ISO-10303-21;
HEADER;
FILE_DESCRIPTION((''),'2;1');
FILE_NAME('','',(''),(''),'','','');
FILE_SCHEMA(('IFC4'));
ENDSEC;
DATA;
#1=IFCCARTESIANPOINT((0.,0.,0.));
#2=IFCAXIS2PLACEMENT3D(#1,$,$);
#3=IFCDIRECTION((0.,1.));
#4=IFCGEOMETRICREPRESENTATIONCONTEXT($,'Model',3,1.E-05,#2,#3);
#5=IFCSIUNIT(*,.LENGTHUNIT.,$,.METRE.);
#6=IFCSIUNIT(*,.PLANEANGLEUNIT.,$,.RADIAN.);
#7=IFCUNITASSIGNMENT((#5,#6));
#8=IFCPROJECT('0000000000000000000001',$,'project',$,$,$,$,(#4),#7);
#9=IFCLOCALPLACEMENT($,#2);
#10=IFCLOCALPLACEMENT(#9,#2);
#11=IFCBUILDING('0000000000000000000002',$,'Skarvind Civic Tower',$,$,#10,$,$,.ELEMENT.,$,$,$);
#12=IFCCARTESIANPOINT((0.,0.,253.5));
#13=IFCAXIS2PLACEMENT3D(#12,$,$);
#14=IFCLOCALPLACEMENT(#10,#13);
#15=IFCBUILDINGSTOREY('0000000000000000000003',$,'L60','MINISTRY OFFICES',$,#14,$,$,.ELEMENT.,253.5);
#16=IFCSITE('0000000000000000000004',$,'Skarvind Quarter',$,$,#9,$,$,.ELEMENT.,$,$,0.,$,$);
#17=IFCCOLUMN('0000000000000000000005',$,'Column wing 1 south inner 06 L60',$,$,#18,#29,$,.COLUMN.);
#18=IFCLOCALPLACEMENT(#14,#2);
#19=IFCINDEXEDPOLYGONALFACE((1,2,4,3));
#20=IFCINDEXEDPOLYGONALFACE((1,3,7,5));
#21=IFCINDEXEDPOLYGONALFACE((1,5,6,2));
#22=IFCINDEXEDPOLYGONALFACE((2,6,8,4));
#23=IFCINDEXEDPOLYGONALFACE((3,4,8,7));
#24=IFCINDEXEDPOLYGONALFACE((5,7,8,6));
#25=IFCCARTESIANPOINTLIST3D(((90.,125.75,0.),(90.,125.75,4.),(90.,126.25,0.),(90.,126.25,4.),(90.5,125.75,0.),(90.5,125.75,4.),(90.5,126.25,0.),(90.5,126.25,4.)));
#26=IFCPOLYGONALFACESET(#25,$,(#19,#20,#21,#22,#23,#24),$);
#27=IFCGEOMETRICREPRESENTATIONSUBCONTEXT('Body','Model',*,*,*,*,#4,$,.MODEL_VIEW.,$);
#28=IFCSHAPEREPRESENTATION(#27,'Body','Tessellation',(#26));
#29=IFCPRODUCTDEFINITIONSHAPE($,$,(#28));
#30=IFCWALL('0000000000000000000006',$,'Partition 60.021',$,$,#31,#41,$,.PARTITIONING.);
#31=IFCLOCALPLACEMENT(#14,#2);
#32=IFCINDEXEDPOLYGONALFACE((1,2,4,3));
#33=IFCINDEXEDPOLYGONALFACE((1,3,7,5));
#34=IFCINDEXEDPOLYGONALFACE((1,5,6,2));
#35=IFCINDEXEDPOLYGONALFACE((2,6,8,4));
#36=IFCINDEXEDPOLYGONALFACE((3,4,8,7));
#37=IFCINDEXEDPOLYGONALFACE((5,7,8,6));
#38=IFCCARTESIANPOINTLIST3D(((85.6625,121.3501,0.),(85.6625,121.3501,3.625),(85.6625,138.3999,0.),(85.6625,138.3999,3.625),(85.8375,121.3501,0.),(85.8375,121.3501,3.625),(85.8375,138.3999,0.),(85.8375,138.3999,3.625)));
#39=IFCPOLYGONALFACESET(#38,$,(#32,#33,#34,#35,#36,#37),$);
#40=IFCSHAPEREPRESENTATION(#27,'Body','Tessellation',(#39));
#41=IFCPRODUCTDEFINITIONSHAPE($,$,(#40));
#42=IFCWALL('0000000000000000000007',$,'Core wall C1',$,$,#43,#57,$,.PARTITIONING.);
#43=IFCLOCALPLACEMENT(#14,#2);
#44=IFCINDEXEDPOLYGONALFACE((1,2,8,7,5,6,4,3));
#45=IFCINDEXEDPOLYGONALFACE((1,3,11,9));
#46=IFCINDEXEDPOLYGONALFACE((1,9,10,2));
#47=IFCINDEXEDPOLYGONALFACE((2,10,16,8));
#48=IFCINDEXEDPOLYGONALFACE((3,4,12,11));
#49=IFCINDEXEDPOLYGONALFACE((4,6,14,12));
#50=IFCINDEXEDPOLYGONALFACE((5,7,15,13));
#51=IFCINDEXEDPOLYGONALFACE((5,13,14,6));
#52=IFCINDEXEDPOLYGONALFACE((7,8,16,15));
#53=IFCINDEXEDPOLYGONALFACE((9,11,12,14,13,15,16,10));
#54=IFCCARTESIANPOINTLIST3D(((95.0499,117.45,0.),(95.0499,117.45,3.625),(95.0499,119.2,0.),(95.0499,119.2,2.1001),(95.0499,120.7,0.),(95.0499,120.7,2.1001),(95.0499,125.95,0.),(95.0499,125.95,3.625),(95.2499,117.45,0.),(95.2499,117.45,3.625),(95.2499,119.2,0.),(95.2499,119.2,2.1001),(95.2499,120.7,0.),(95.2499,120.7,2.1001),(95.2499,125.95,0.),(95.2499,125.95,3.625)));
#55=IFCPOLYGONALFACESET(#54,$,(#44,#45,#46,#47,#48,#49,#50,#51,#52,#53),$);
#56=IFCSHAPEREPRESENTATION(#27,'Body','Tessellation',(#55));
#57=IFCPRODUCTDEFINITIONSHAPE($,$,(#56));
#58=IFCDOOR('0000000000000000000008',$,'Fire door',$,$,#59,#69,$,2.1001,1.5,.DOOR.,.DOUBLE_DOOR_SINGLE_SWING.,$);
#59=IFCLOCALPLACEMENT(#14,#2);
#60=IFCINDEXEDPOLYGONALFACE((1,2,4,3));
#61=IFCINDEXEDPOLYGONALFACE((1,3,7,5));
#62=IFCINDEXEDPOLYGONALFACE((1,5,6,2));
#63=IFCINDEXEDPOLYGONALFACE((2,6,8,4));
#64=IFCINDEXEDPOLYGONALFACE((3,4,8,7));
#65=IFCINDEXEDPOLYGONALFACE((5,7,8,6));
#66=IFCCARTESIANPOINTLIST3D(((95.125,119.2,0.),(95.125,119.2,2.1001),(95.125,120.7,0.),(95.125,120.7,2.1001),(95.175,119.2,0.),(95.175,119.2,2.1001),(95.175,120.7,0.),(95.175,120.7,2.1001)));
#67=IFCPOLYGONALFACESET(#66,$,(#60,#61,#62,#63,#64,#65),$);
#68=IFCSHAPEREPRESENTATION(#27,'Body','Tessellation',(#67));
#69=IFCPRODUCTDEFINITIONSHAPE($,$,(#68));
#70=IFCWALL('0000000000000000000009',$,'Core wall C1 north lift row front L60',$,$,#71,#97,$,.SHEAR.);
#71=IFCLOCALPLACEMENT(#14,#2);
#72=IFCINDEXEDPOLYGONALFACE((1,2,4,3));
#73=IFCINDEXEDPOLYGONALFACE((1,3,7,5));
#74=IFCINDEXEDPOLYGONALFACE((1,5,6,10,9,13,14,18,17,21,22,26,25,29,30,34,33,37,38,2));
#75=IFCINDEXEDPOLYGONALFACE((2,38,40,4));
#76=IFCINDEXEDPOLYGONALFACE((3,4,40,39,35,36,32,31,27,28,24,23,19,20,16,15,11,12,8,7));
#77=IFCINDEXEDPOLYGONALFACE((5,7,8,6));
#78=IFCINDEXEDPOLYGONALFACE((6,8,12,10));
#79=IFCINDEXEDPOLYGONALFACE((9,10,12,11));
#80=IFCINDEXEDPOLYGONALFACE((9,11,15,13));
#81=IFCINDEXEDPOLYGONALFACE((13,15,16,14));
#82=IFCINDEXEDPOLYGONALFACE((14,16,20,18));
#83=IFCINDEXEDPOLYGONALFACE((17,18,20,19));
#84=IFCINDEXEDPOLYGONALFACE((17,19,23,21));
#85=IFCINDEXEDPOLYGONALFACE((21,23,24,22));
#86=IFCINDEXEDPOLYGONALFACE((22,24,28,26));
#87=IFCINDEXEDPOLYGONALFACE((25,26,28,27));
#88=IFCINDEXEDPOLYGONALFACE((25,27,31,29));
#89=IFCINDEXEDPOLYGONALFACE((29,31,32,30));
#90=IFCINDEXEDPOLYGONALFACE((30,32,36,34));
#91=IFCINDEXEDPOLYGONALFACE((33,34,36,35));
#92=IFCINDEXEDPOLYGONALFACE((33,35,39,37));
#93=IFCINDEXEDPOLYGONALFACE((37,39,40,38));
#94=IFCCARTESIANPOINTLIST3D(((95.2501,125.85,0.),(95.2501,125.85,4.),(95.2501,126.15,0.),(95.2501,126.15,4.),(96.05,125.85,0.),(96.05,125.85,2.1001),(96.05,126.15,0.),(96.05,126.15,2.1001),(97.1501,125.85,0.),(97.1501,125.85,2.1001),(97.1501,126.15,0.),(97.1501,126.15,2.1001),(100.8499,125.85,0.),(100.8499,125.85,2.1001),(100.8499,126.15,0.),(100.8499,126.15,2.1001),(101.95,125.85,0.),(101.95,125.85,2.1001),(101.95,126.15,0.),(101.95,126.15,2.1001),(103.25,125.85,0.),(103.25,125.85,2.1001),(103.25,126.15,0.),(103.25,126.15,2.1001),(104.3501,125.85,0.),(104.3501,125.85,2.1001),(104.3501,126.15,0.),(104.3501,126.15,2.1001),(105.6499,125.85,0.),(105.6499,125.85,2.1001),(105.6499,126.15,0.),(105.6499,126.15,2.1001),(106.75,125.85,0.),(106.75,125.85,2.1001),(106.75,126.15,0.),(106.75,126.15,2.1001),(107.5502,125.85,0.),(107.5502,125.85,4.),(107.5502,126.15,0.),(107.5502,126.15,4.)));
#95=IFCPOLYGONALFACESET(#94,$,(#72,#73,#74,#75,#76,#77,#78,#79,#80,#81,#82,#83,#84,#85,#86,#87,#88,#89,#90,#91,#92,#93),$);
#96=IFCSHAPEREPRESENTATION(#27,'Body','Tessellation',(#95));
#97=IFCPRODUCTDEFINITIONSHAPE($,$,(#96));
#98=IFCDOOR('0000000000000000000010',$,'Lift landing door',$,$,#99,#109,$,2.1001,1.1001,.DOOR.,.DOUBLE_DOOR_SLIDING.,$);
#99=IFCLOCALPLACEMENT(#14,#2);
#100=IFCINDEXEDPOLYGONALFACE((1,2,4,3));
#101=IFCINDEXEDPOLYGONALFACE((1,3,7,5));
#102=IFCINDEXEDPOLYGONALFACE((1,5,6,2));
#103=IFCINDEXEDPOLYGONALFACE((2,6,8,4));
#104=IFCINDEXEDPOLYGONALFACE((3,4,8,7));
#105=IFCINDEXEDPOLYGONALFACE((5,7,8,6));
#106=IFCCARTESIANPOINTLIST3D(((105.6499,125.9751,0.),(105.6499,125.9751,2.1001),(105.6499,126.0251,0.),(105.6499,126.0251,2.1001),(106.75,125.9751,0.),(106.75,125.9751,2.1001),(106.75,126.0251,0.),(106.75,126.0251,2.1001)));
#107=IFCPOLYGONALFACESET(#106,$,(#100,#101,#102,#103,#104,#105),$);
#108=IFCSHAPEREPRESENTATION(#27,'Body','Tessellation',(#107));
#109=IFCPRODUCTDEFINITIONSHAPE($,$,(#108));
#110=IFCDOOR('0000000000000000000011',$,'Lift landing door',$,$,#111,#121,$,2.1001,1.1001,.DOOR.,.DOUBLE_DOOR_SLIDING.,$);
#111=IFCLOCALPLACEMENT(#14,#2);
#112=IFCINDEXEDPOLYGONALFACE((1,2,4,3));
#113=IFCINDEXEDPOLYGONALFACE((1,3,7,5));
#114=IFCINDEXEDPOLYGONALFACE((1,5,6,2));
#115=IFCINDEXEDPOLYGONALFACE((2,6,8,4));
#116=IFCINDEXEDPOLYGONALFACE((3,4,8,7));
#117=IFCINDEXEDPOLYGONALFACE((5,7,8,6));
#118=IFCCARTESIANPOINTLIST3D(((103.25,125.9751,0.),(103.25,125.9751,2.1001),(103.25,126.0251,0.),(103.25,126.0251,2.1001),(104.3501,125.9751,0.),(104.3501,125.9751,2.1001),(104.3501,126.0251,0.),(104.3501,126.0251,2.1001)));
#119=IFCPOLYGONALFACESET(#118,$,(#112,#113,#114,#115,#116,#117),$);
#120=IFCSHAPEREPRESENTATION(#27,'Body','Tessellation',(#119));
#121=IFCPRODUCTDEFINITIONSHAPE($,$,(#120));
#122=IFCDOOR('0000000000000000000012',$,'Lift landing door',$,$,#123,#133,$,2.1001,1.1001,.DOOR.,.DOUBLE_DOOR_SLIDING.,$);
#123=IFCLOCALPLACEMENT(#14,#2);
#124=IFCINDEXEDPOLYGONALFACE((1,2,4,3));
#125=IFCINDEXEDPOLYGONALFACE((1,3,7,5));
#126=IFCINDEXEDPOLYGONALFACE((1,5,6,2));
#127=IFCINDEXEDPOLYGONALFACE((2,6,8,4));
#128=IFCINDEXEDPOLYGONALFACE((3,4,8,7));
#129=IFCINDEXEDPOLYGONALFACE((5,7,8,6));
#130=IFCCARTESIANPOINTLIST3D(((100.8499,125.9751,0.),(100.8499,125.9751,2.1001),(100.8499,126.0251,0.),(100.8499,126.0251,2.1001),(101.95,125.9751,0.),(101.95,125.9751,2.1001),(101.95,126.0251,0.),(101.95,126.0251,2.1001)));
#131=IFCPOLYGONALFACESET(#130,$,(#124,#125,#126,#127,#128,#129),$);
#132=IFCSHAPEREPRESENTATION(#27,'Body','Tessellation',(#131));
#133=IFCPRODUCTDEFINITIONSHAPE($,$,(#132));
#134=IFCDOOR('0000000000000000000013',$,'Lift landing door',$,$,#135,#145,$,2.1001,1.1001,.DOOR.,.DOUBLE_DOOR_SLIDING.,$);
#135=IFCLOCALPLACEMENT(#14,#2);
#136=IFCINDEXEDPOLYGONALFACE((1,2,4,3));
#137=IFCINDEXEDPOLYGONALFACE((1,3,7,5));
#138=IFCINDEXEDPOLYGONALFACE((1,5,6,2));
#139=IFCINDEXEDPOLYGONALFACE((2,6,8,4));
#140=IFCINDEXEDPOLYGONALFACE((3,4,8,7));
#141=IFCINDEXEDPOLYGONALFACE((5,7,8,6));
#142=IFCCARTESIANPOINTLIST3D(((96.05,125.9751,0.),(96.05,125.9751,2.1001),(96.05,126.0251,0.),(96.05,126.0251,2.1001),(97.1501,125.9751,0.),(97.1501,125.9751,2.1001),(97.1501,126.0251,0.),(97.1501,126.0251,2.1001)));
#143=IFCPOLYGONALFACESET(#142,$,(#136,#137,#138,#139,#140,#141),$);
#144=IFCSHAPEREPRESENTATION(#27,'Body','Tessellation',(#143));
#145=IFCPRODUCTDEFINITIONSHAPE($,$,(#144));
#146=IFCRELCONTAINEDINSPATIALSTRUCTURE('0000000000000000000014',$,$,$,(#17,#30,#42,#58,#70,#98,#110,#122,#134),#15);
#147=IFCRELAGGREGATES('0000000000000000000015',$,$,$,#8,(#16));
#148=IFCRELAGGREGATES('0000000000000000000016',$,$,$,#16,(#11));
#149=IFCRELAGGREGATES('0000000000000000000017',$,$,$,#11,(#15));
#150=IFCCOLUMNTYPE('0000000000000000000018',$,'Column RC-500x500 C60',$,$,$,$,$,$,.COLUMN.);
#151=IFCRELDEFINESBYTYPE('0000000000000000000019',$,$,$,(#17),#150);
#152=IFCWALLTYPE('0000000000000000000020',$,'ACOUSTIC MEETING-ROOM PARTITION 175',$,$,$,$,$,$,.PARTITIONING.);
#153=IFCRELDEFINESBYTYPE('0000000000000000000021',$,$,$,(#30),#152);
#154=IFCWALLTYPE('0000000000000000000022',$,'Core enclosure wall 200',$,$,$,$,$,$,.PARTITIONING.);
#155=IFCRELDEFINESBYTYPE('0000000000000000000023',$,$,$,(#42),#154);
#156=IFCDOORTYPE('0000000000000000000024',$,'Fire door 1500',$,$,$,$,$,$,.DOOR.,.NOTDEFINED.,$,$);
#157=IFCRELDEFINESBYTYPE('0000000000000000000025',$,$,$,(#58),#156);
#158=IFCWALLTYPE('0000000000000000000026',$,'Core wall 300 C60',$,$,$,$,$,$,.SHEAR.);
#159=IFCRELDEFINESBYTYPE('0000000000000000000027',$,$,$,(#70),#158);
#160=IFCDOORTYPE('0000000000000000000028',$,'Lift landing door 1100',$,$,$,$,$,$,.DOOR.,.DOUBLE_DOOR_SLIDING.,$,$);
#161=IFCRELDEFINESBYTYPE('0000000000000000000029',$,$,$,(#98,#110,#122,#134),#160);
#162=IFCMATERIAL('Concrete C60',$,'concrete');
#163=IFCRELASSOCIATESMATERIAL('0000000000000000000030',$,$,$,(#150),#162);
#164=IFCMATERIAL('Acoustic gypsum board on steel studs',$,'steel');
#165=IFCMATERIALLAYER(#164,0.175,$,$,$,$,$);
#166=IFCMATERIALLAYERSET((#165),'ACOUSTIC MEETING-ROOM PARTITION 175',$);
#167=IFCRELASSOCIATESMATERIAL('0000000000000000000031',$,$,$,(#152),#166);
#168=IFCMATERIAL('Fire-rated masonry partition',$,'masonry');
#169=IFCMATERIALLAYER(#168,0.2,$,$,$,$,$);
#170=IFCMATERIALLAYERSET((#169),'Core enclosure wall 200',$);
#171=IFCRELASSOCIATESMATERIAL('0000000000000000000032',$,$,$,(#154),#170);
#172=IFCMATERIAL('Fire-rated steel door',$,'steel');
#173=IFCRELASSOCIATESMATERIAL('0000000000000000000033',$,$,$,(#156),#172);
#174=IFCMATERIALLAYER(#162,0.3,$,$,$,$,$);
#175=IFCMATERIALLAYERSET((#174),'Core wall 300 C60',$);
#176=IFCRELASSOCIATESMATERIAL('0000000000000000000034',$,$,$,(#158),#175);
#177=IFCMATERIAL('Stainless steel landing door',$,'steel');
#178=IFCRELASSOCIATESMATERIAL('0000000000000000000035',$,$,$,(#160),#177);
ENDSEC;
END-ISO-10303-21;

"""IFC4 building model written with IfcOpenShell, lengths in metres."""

from ifc_helpers import new_model, si_unit, direction, frame, frame_2d, origin, origin_2d, place, context, subcontext, project, spatial, rectangle, extrude, material, layer, layer_set, material_profile, profile_set, type_object, element, fill, save


model = new_model("IFC4")

# Units and contexts
model_context = context("Model", 3, precision=1e-05, world=origin(), true_north=direction((0.0, 1.0)))
body_context = subcontext(model_context, "Body", "Model", "MODEL_VIEW")
ifc_project = project(units=[si_unit("LENGTHUNIT", "METRE"), si_unit("PLANEANGLEUNIT", "RADIAN")], contexts=[model_context])

# Site, building, storey
site_placement = place(None, origin())
site = spatial("IfcSite", under=ifc_project, at=site_placement, Name="Skarvind Quarter", CompositionType="ELEMENT", RefElevation=0.0)
building_placement = place(site_placement, origin())
building = spatial("IfcBuilding", under=site, at=building_placement, Name="Skarvind Civic Tower", CompositionType="ELEMENT")
storey_placement = place(building_placement, frame((0.0, 0.0, 253.5)))
storey = spatial("IfcBuildingStorey", under=building, at=storey_placement, Name="L60", Description="MINISTRY OFFICES", CompositionType="ELEMENT", Elevation=253.5)

# Column
ifc_material_1 = material(Name="Concrete C60", Category="concrete")
ifc_material_profile = material_profile(ifc_material_1, rectangle(XDim=0.5, YDim=0.5, at=origin_2d()), Name="RC-500x500")
ifc_profile_set = profile_set([ifc_material_profile], Name="Concrete C60")
column_type = type_object("IfcColumnType", Name="Column RC-500x500 C60", PredefinedType="COLUMN", material=ifc_profile_set)
column_placement = place(storey_placement, frame((90.25, 126.0, 0.0), z_axis=(0.0, 0.0, 1.0), x_axis=(1.0, 0.0, 0.0)))
element("IfcColumn", 1, at=column_placement, inside=storey, type_object=column_type, Name="Column wing 1 south inner 06 L60", PredefinedType="COLUMN", context=body_context, shape_type="SweptSolid", body=[
    extrude(rectangle(XDim=0.5, YDim=0.5, at=origin_2d()), origin(), (0.0, 0.0, 1.0), 4.0),
])

# Wall
ifc_material_2 = material(Name="Acoustic gypsum board on steel studs", Category="steel")
ifc_layer_1 = layer(ifc_material_2, 0.175)
ifc_layer_set_1 = layer_set([ifc_layer_1], Name="ACOUSTIC MEETING-ROOM PARTITION 175")
wall_type_1 = type_object("IfcWallType", Name="ACOUSTIC MEETING-ROOM PARTITION 175", PredefinedType="PARTITIONING", material=ifc_layer_set_1)
wall_1_placement = place(storey_placement, frame((85.75, 121.3501, 0.0), z_axis=(0.0, 0.0, 1.0), x_axis=(0.0, 1.0, 0.0)))
element("IfcWall", 2, at=wall_1_placement, inside=storey, type_object=wall_type_1, Name="Partition 60.021", PredefinedType="PARTITIONING", context=body_context, shape_type="SweptSolid", body=[
    extrude(rectangle(XDim=17.0498, YDim=0.175, at=frame_2d((8.5249, 0.0))), origin(), (0.0, 0.0, 1.0), 3.625),
])

# Wall, opening, door
ifc_material_3 = material(Name="Fire-rated masonry partition", Category="masonry")
ifc_layer_2 = layer(ifc_material_3, 0.2)
ifc_layer_set_2 = layer_set([ifc_layer_2], Name="Core enclosure wall 200")
wall_type_2 = type_object("IfcWallType", Name="Core enclosure wall 200", PredefinedType="PARTITIONING", material=ifc_layer_set_2)
wall_2_placement = place(storey_placement, frame((95.1499, 117.45, 0.0), z_axis=(0.0, 0.0, 1.0), x_axis=(0.0, 1.0, 0.0)))
wall_2 = element("IfcWall", 3, at=wall_2_placement, inside=storey, type_object=wall_type_2, Name="Core wall C1", PredefinedType="PARTITIONING", context=body_context, shape_type="SweptSolid", body=[
    extrude(rectangle(XDim=8.5, YDim=0.2, at=frame_2d((4.25, 0.0))), origin(), (0.0, 0.0, 1.0), 3.625),
])
opening_1_placement = place(wall_2_placement, frame((1.75, 0.0, 0.0)))
opening_1 = element("IfcOpeningElement", 4, at=opening_1_placement, cuts=wall_2, PredefinedType="OPENING", context=body_context, shape_type="SweptSolid", body=[
    extrude(rectangle(XDim=1.5, YDim=2.1001, at=frame_2d((0.75, 1.05))), frame((0.0, 0.1099, 0.0), z_axis=(0.0, -1.0, 0.0), x_axis=(1.0, 0.0, 0.0)), (0.0, 0.0, 1.0), 0.22),
])
ifc_material_4 = material(Name="Fire-rated steel door", Category="steel")
door_type_1 = type_object("IfcDoorType", Name="Fire door 1500", OperationType="NOTDEFINED", PredefinedType="DOOR", material=ifc_material_4)
door_1_placement = place(opening_1_placement, origin())
door_1 = element("IfcDoor", 5, at=door_1_placement, inside=storey, type_object=door_type_1, Name="Fire door", OperationType="DOUBLE_DOOR_SINGLE_SWING", OverallHeight=2.1001, OverallWidth=1.5, PredefinedType="DOOR", context=body_context, shape_type="SweptSolid", body=[
    extrude(rectangle(XDim=1.5, YDim=2.1001, at=frame_2d((0.75, 1.05))), frame((0.0, 0.0249, 0.0), z_axis=(0.0, -1.0, 0.0), x_axis=(1.0, 0.0, 0.0)), (0.0, 0.0, 1.0), 0.05),
])
fill(opening_1, door_1)

# Wall, openings, doors
ifc_layer_3 = layer(ifc_material_1, 0.3)
ifc_layer_set_3 = layer_set([ifc_layer_3], Name="Core wall 300 C60")
wall_type_3 = type_object("IfcWallType", Name="Core wall 300 C60", PredefinedType="SHEAR", material=ifc_layer_set_3)
wall_3_placement = place(storey_placement, frame((107.55, 126.0, 0.0), z_axis=(0.0, 0.0, 1.0), x_axis=(-1.0, 0.0, 0.0)))
wall_3 = element("IfcWall", 6, at=wall_3_placement, inside=storey, type_object=wall_type_3, Name="Core wall C1 north lift row front L60", PredefinedType="SHEAR", context=body_context, shape_type="SweptSolid", body=[
    extrude(rectangle(XDim=12.3, YDim=0.3, at=frame_2d((6.1499, 0.0))), origin(), (0.0, 0.0, 1.0), 4.0),
])
opening_2_placement = place(wall_3_placement, frame((0.8, 0.0, 0.0)))
opening_2 = element("IfcOpeningElement", 7, at=opening_2_placement, cuts=wall_3, PredefinedType="OPENING", context=body_context, shape_type="SweptSolid", body=[
    extrude(rectangle(XDim=1.1001, YDim=2.1001, at=frame_2d((0.55, 1.05))), frame((0.0, 0.1599, 0.0), z_axis=(0.0, -1.0, 0.0), x_axis=(1.0, 0.0, 0.0)), (0.0, 0.0, 1.0), 0.3201),
])
opening_3_placement = place(wall_3_placement, frame((3.2, 0.0, 0.0)))
opening_3 = element("IfcOpeningElement", 8, at=opening_3_placement, cuts=wall_3, PredefinedType="OPENING", context=body_context, shape_type="SweptSolid", body=[
    extrude(rectangle(XDim=1.1001, YDim=2.1001, at=frame_2d((0.55, 1.05))), frame((0.0, 0.1599, 0.0), z_axis=(0.0, -1.0, 0.0), x_axis=(1.0, 0.0, 0.0)), (0.0, 0.0, 1.0), 0.3201),
])
opening_4_placement = place(wall_3_placement, frame((5.6001, 0.0, 0.0)))
opening_4 = element("IfcOpeningElement", 9, at=opening_4_placement, cuts=wall_3, PredefinedType="OPENING", context=body_context, shape_type="SweptSolid", body=[
    extrude(rectangle(XDim=1.1001, YDim=2.1001, at=frame_2d((0.55, 1.05))), frame((0.0, 0.1599, 0.0), z_axis=(0.0, -1.0, 0.0), x_axis=(1.0, 0.0, 0.0)), (0.0, 0.0, 1.0), 0.3201),
])
opening_5_placement = place(wall_3_placement, frame((10.3999, 0.0, 0.0)))
opening_5 = element("IfcOpeningElement", 10, at=opening_5_placement, cuts=wall_3, PredefinedType="OPENING", context=body_context, shape_type="SweptSolid", body=[
    extrude(rectangle(XDim=1.1001, YDim=2.1001, at=frame_2d((0.55, 1.05))), frame((0.0, 0.1599, 0.0), z_axis=(0.0, -1.0, 0.0), x_axis=(1.0, 0.0, 0.0)), (0.0, 0.0, 1.0), 0.3201),
])
ifc_material_5 = material(Name="Stainless steel landing door", Category="steel")
door_type_2 = type_object("IfcDoorType", Name="Lift landing door 1100", OperationType="DOUBLE_DOOR_SLIDING", PredefinedType="DOOR", material=ifc_material_5)
door_2_placement = place(opening_2_placement, origin())
door_2 = element("IfcDoor", 11, at=door_2_placement, inside=storey, type_object=door_type_2, Name="Lift landing door", OperationType="DOUBLE_DOOR_SLIDING", OverallHeight=2.1001, OverallWidth=1.1001, PredefinedType="DOOR", context=body_context, shape_type="SweptSolid", body=[
    extrude(rectangle(XDim=1.1001, YDim=2.1001, at=frame_2d((0.55, 1.05))), frame((0.0, 0.0249, 0.0), z_axis=(0.0, -1.0, 0.0), x_axis=(1.0, 0.0, 0.0)), (0.0, 0.0, 1.0), 0.05),
])
fill(opening_2, door_2)
door_3_placement = place(opening_3_placement, origin())
door_3 = element("IfcDoor", 12, at=door_3_placement, inside=storey, type_object=door_type_2, Name="Lift landing door", OperationType="DOUBLE_DOOR_SLIDING", OverallHeight=2.1001, OverallWidth=1.1001, PredefinedType="DOOR", context=body_context, shape_type="SweptSolid", body=[
    extrude(rectangle(XDim=1.1001, YDim=2.1001, at=frame_2d((0.55, 1.05))), frame((0.0, 0.0249, 0.0), z_axis=(0.0, -1.0, 0.0), x_axis=(1.0, 0.0, 0.0)), (0.0, 0.0, 1.0), 0.05),
])
fill(opening_3, door_3)
door_4_placement = place(opening_4_placement, origin())
door_4 = element("IfcDoor", 13, at=door_4_placement, inside=storey, type_object=door_type_2, Name="Lift landing door", OperationType="DOUBLE_DOOR_SLIDING", OverallHeight=2.1001, OverallWidth=1.1001, PredefinedType="DOOR", context=body_context, shape_type="SweptSolid", body=[
    extrude(rectangle(XDim=1.1001, YDim=2.1001, at=frame_2d((0.55, 1.05))), frame((0.0, 0.0249, 0.0), z_axis=(0.0, -1.0, 0.0), x_axis=(1.0, 0.0, 0.0)), (0.0, 0.0, 1.0), 0.05),
])
fill(opening_4, door_4)
door_5_placement = place(opening_5_placement, origin())
door_5 = element("IfcDoor", 14, at=door_5_placement, inside=storey, type_object=door_type_2, Name="Lift landing door", OperationType="DOUBLE_DOOR_SLIDING", OverallHeight=2.1001, OverallWidth=1.1001, PredefinedType="DOOR", context=body_context, shape_type="SweptSolid", body=[
    extrude(rectangle(XDim=1.1001, YDim=2.1001, at=frame_2d((0.55, 1.05))), frame((0.0, 0.0249, 0.0), z_axis=(0.0, -1.0, 0.0), x_axis=(1.0, 0.0, 0.0)), (0.0, 0.0, 1.0), 0.05),
])
fill(opening_5, door_5)

save(model, "model.ifc")
